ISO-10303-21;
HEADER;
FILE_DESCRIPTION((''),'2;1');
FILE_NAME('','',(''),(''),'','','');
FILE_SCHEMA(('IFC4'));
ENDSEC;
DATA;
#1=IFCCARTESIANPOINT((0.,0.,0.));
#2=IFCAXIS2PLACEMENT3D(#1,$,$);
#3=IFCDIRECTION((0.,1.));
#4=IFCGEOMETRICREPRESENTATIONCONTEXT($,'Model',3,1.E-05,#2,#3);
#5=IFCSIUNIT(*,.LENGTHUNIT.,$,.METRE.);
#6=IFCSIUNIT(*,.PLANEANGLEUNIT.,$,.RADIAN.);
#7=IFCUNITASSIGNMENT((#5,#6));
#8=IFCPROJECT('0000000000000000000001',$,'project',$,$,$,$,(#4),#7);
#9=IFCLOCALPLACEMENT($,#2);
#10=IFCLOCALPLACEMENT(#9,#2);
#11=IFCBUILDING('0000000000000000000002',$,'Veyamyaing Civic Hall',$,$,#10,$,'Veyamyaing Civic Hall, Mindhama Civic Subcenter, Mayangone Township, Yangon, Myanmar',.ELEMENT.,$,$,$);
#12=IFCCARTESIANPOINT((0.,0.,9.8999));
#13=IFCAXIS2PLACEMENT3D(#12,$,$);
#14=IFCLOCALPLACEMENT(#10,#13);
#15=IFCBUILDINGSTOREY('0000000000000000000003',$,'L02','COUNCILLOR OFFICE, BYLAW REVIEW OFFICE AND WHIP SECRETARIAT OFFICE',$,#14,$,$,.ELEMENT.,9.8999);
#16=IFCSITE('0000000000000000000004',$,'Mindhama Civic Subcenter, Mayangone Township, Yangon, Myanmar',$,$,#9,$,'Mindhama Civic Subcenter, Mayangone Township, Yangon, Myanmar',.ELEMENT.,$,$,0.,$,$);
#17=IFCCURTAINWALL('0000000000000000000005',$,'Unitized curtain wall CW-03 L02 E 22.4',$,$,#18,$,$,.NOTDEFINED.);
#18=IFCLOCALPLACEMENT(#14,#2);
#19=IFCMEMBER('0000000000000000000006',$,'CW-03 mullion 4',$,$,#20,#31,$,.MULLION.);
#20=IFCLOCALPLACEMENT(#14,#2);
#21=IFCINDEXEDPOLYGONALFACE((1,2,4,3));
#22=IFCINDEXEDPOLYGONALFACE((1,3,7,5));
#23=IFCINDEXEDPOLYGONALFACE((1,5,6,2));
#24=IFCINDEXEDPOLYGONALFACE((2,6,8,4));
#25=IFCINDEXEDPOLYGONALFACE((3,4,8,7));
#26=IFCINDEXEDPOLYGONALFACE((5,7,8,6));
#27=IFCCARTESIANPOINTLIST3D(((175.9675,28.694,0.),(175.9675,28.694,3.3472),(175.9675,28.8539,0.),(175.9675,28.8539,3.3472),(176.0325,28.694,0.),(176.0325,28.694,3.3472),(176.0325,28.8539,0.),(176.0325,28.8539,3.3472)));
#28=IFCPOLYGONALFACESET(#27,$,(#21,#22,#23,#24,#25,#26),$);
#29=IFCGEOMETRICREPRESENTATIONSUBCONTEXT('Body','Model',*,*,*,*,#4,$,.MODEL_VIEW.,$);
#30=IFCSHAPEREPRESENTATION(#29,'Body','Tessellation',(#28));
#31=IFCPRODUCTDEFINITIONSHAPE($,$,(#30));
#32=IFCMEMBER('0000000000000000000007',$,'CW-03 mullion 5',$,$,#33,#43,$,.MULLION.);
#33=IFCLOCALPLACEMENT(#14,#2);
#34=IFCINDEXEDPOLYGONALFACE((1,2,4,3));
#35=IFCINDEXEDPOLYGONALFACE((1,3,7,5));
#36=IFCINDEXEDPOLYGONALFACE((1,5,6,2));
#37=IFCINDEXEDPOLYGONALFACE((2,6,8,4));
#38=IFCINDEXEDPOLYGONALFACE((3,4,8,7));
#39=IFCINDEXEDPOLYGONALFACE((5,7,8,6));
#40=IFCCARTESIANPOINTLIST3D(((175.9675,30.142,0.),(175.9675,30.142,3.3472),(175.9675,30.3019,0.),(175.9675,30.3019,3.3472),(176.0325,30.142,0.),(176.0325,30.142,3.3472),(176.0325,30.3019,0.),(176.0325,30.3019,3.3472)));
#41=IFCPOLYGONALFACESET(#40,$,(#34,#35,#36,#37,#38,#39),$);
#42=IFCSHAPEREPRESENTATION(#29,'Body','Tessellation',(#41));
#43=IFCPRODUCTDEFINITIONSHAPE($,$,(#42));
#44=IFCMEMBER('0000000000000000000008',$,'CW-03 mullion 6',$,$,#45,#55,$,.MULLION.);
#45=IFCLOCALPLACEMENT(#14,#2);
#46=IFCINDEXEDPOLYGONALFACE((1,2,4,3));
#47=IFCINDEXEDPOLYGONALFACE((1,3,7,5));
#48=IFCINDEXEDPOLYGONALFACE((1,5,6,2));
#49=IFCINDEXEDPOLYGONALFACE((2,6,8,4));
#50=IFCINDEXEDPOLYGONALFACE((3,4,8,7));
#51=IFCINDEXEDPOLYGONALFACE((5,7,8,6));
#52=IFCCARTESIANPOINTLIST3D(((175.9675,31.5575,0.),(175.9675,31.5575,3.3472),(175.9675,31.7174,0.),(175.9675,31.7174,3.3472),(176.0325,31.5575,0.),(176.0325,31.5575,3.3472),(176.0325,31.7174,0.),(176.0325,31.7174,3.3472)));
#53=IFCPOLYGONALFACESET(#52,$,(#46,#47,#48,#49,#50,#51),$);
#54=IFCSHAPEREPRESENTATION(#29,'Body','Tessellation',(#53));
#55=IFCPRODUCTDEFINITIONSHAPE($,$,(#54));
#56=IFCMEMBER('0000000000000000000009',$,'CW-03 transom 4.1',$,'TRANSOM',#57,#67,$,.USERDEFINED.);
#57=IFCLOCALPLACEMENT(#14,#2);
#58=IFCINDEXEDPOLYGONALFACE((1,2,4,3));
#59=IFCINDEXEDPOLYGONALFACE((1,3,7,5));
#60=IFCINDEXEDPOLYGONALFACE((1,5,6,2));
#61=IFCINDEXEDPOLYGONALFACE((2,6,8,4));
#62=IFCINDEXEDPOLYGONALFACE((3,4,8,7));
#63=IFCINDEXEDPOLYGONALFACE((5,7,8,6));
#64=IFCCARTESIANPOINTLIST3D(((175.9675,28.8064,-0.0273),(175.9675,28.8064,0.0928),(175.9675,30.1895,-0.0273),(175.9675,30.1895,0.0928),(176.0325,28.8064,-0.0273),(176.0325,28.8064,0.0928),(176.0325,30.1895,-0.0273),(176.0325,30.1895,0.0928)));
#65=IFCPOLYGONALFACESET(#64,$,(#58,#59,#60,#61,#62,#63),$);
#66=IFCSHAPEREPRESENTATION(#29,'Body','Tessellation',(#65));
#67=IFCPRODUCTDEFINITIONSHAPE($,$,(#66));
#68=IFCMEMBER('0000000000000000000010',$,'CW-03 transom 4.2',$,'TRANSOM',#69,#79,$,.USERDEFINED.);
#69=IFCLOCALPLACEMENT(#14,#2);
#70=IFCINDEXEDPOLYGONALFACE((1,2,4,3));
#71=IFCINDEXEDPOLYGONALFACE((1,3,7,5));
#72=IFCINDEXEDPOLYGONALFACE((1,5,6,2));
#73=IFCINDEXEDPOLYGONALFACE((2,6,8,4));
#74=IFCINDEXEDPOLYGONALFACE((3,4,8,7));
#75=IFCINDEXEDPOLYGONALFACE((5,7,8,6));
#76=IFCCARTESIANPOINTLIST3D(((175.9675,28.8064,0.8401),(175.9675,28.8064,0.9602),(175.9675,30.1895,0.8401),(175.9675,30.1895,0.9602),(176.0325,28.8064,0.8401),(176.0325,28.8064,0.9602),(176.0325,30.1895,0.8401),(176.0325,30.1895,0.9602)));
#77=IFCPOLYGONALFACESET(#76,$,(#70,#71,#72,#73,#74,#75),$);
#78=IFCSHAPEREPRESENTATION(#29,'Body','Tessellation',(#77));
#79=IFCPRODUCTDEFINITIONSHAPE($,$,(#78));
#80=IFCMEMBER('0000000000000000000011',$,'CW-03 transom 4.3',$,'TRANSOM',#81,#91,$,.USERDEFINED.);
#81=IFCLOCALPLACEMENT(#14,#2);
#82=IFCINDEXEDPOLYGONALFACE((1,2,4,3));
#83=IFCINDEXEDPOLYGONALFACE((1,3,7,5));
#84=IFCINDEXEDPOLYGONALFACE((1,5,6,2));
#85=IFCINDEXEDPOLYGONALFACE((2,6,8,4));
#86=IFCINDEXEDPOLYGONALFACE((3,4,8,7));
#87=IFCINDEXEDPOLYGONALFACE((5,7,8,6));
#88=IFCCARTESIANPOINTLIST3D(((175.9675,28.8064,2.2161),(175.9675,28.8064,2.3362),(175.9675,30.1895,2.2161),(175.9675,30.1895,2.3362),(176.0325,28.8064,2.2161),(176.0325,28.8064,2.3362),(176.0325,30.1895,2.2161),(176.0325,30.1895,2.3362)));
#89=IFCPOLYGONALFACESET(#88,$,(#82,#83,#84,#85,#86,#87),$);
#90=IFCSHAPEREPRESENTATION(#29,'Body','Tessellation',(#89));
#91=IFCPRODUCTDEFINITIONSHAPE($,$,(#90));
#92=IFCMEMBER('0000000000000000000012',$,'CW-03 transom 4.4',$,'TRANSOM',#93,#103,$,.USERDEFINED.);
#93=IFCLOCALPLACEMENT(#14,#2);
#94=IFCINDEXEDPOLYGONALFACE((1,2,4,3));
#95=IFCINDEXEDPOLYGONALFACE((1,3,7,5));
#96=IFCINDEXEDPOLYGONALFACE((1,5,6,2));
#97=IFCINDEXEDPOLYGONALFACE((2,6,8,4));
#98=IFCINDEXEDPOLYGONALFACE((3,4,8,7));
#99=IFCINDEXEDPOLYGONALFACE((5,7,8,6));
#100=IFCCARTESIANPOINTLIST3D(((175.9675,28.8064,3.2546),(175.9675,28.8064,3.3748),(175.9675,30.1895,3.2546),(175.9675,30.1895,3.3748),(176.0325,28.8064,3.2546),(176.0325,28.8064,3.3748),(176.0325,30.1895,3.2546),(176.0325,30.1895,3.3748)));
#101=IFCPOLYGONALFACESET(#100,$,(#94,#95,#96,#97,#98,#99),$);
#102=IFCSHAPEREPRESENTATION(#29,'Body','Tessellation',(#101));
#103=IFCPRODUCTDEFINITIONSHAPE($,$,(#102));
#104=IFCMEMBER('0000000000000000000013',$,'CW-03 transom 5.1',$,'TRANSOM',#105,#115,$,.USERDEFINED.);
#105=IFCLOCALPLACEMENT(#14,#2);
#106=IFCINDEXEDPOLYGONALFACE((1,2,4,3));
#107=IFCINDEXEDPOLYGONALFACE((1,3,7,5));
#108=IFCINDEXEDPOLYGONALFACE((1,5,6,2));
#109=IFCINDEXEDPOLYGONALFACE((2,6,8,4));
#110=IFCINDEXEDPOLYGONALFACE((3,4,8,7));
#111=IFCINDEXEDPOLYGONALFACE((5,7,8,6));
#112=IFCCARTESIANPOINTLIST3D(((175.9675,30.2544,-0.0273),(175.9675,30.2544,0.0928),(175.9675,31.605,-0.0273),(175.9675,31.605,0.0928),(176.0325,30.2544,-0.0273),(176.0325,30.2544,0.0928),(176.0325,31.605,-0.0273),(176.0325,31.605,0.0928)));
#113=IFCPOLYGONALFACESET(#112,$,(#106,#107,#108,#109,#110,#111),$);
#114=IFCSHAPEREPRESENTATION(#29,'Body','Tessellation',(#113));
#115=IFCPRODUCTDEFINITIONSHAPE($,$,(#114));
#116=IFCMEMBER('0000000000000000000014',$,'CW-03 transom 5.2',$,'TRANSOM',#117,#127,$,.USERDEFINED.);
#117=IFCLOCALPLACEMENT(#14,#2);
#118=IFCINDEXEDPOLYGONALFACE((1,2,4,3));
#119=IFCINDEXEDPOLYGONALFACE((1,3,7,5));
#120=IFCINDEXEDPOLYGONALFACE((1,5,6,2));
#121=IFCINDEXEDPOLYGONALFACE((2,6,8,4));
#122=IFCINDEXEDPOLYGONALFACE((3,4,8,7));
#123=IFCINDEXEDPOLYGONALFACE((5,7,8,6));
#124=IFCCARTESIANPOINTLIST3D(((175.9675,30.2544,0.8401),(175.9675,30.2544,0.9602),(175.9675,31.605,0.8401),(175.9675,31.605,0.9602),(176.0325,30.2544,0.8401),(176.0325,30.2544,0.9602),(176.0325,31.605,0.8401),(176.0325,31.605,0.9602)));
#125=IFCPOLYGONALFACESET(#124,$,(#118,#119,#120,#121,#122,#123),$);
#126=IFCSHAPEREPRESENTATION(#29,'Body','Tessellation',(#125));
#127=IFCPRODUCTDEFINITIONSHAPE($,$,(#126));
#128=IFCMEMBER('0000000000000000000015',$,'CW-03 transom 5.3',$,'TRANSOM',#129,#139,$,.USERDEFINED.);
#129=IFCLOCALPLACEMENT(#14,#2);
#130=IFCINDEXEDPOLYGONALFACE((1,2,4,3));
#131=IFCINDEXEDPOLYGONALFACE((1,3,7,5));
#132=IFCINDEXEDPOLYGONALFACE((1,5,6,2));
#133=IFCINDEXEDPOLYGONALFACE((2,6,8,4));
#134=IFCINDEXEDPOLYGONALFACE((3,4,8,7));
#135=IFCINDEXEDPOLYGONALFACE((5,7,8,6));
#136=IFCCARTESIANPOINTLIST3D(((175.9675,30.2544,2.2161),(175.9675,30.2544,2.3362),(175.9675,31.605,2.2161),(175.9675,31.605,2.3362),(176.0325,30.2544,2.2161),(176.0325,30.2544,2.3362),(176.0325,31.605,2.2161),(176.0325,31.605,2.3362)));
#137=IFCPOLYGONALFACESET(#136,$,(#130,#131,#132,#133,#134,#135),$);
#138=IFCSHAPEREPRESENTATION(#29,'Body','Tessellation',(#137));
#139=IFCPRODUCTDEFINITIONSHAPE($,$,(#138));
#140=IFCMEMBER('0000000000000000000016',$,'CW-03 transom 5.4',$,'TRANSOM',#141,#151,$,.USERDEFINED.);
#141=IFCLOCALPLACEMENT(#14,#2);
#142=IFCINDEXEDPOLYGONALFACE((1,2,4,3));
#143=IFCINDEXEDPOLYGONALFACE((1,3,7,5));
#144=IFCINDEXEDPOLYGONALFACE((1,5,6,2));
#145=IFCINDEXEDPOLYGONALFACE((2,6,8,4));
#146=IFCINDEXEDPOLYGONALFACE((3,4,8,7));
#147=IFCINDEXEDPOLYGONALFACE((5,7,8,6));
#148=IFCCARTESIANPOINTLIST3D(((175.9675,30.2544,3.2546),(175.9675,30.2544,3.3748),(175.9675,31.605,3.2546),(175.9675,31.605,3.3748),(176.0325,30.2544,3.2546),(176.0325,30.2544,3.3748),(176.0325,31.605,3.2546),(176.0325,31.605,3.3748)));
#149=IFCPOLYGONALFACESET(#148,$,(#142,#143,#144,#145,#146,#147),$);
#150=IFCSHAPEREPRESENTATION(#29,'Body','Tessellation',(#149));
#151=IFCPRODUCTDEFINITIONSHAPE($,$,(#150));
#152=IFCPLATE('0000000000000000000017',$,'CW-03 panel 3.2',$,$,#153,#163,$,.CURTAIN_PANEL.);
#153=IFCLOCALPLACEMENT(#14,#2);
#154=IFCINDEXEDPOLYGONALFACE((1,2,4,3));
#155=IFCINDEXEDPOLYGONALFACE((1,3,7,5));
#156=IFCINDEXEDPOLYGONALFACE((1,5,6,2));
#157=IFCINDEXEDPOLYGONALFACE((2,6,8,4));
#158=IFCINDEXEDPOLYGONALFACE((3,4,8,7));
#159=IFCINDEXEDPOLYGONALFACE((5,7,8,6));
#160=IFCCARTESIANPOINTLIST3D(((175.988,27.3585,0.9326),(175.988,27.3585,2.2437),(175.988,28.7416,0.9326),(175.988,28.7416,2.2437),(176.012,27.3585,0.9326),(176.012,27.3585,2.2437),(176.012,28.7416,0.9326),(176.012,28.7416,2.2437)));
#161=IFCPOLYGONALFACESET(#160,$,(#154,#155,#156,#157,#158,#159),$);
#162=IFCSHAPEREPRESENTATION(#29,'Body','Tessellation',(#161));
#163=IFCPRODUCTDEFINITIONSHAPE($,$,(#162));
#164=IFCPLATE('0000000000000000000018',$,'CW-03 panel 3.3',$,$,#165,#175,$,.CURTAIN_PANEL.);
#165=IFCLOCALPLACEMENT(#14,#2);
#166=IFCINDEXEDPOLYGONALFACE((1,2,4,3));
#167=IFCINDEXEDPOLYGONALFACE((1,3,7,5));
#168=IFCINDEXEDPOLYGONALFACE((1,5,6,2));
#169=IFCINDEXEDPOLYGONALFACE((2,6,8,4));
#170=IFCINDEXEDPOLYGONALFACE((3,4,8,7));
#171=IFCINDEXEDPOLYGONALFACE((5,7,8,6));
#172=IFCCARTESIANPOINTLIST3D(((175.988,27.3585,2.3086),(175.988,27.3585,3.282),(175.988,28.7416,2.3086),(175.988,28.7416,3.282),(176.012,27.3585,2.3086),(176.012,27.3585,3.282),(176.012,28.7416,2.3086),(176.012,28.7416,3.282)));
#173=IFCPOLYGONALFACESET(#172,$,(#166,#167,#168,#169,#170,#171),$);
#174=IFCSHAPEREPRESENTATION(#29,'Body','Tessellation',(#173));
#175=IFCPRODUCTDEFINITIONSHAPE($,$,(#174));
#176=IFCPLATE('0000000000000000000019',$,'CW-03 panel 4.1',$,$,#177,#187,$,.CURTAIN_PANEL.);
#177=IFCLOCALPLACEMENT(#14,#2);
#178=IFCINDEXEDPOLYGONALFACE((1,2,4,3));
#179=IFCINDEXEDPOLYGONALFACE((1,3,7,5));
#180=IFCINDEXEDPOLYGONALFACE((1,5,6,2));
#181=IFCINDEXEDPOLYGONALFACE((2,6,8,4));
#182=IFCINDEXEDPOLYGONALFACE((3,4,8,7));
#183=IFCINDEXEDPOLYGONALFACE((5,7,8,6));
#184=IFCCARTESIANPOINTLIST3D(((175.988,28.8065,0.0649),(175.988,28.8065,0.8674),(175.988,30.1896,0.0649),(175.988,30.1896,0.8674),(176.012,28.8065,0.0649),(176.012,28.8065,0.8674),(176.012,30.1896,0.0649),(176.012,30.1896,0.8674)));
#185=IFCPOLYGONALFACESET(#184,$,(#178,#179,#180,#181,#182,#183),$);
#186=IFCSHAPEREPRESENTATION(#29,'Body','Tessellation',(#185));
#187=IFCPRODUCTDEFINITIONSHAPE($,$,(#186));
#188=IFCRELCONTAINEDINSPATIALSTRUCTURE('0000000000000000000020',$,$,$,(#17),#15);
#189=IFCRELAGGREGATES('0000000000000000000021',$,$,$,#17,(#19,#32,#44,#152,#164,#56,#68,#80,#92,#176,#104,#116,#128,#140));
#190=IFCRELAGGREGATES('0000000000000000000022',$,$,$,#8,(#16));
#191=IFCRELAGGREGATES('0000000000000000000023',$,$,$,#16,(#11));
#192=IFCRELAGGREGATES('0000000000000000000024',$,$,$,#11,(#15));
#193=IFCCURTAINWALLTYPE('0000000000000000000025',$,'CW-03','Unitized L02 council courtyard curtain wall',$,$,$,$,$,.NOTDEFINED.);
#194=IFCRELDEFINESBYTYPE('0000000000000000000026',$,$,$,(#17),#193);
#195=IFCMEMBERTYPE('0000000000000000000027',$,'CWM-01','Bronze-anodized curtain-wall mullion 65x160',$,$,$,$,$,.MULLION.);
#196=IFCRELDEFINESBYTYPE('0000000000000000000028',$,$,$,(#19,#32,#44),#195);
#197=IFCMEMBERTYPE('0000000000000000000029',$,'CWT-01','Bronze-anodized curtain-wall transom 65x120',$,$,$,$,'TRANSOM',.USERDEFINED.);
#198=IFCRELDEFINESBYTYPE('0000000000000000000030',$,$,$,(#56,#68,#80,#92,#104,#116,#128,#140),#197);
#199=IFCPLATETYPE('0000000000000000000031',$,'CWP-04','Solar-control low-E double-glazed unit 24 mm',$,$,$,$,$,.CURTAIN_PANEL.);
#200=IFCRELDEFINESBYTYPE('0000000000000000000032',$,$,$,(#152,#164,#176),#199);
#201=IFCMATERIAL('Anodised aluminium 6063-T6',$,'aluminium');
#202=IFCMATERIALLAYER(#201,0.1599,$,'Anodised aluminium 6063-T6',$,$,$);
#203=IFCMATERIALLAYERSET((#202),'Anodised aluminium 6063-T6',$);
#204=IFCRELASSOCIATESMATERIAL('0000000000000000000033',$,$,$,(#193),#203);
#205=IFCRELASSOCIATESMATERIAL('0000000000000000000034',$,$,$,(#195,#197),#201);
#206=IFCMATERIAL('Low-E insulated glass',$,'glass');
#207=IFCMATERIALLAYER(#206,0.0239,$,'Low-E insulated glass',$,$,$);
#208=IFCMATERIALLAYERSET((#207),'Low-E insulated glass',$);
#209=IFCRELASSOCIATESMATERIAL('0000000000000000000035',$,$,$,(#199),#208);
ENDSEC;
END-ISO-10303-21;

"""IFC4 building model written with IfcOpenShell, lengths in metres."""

from ifc_helpers import new_model, si_unit, direction, frame, origin, origin_2d, place, context, subcontext, project, spatial, rectangle, extrude, material, layer, layer_set, material_profile, profile_set, type_object, element, aggregate, save


model = new_model("IFC4")

# Units and contexts
model_context = context("Model", 3, precision=1e-05, world=origin(), true_north=direction((0.0, 1.0)))
body_context = subcontext(model_context, "Body", "Model", "MODEL_VIEW")
ifc_project = project(units=[si_unit("LENGTHUNIT", "METRE"), si_unit("PLANEANGLEUNIT", "RADIAN")], contexts=[model_context])

# Site, building, storey
site_placement = place(None, origin())
site = spatial("IfcSite", under=ifc_project, at=site_placement, Name="Mindhama Civic Subcenter, Mayangone Township, Yangon, Myanmar", LongName="Mindhama Civic Subcenter, Mayangone Township, Yangon, Myanmar", CompositionType="ELEMENT", RefElevation=0.0)
building_placement = place(site_placement, origin())
building = spatial("IfcBuilding", under=site, at=building_placement, Name="Veyamyaing Civic Hall", LongName="Veyamyaing Civic Hall, Mindhama Civic Subcenter, Mayangone Township, Yangon, Myanmar", CompositionType="ELEMENT")
storey_placement = place(building_placement, frame((0.0, 0.0, 9.8999)))
storey = spatial("IfcBuildingStorey", under=building, at=storey_placement, Name="L02", Description="COUNCILLOR OFFICE, BYLAW REVIEW OFFICE AND WHIP SECRETARIAT OFFICE", CompositionType="ELEMENT", Elevation=9.8999)

# Curtain wall, members, plates
ifc_material_1 = material(Name="Anodised aluminium 6063-T6", Category="aluminium")
ifc_layer_1 = layer(ifc_material_1, 0.1599, Name="Anodised aluminium 6063-T6")
ifc_layer_set_1 = layer_set([ifc_layer_1], Name="Anodised aluminium 6063-T6")
curtain_wall_type = type_object("IfcCurtainWallType", Name="CW-03", Description="Unitized L02 council courtyard curtain wall", PredefinedType="NOTDEFINED", material=ifc_layer_set_1)
curtain_wall_placement = place(storey_placement, origin())
curtain_wall = element("IfcCurtainWall", 1, at=curtain_wall_placement, inside=storey, type_object=curtain_wall_type, Name="Unitized curtain wall CW-03 L02 E 22.4", PredefinedType="NOTDEFINED")
ifc_material_profile_1 = material_profile(ifc_material_1, rectangle(XDim=0.0649, YDim=0.1599, at=origin_2d()), Name="ALU-MUL-65X160")
ifc_profile_set_1 = profile_set([ifc_material_profile_1], Name="Anodised aluminium 6063-T6")
member_type_1 = type_object("IfcMemberType", Name="CWM-01", Description="Bronze-anodized curtain-wall mullion 65x160", PredefinedType="MULLION", material=ifc_profile_set_1)
member_1_placement = place(storey_placement, frame((176.0, 28.7739, 0.0), z_axis=(0.0, 0.0, 1.0), x_axis=(-1.0, 0.0, 0.0)))
member_1 = element("IfcMember", 2, at=member_1_placement, type_object=member_type_1, Name="CW-03 mullion 4", PredefinedType="MULLION", context=body_context, shape_type="SweptSolid", body=[
    extrude(rectangle(XDim=0.0649, YDim=0.1599, at=origin_2d()), origin(), (0.0, 0.0, 1.0), 3.3472),
])
member_2_placement = place(storey_placement, frame((176.0, 30.2219, 0.0), z_axis=(0.0, 0.0, 1.0), x_axis=(-1.0, 0.0, 0.0)))
member_2 = element("IfcMember", 3, at=member_2_placement, type_object=member_type_1, Name="CW-03 mullion 5", PredefinedType="MULLION", context=body_context, shape_type="SweptSolid", body=[
    extrude(rectangle(XDim=0.0649, YDim=0.1599, at=origin_2d()), origin(), (0.0, 0.0, 1.0), 3.3472),
])
member_3_placement = place(storey_placement, frame((176.0, 31.6375, 0.0), z_axis=(0.0, 0.0, 1.0), x_axis=(-1.0, 0.0, 0.0)))
member_3 = element("IfcMember", 4, at=member_3_placement, type_object=member_type_1, Name="CW-03 mullion 6", PredefinedType="MULLION", context=body_context, shape_type="SweptSolid", body=[
    extrude(rectangle(XDim=0.0649, YDim=0.1599, at=origin_2d()), origin(), (0.0, 0.0, 1.0), 3.3472),
])
ifc_material_profile_2 = material_profile(ifc_material_1, rectangle(XDim=0.0649, YDim=0.1201, at=origin_2d()), Name="ALU-TRN-65X120")
ifc_profile_set_2 = profile_set([ifc_material_profile_2], Name="Anodised aluminium 6063-T6")
member_type_2 = type_object("IfcMemberType", Name="CWT-01", Description="Bronze-anodized curtain-wall transom 65x120", ElementType="TRANSOM", PredefinedType="USERDEFINED", material=ifc_profile_set_2)
member_4_placement = place(storey_placement, frame((176.0, 28.8064, 0.0327), z_axis=(0.0, 1.0, 0.0), x_axis=(-1.0, 0.0, 0.0)))
member_4 = element("IfcMember", 5, at=member_4_placement, type_object=member_type_2, Name="CW-03 transom 4.1", ObjectType="TRANSOM", PredefinedType="USERDEFINED", context=body_context, shape_type="SweptSolid", body=[
    extrude(rectangle(XDim=0.0649, YDim=0.1201, at=origin_2d()), origin(), (0.0, 0.0, 1.0), 1.3831),
])
member_5_placement = place(storey_placement, frame((176.0, 28.8064, 0.9001), z_axis=(0.0, 1.0, 0.0), x_axis=(-1.0, 0.0, 0.0)))
member_5 = element("IfcMember", 6, at=member_5_placement, type_object=member_type_2, Name="CW-03 transom 4.2", ObjectType="TRANSOM", PredefinedType="USERDEFINED", context=body_context, shape_type="SweptSolid", body=[
    extrude(rectangle(XDim=0.0649, YDim=0.1201, at=origin_2d()), origin(), (0.0, 0.0, 1.0), 1.3831),
])
member_6_placement = place(storey_placement, frame((176.0, 28.8064, 2.2761), z_axis=(0.0, 1.0, 0.0), x_axis=(-1.0, 0.0, 0.0)))
member_6 = element("IfcMember", 7, at=member_6_placement, type_object=member_type_2, Name="CW-03 transom 4.3", ObjectType="TRANSOM", PredefinedType="USERDEFINED", context=body_context, shape_type="SweptSolid", body=[
    extrude(rectangle(XDim=0.0649, YDim=0.1201, at=origin_2d()), origin(), (0.0, 0.0, 1.0), 1.3831),
])
member_7_placement = place(storey_placement, frame((176.0, 28.8064, 3.3147), z_axis=(0.0, 1.0, 0.0), x_axis=(-1.0, 0.0, 0.0)))
member_7 = element("IfcMember", 8, at=member_7_placement, type_object=member_type_2, Name="CW-03 transom 4.4", ObjectType="TRANSOM", PredefinedType="USERDEFINED", context=body_context, shape_type="SweptSolid", body=[
    extrude(rectangle(XDim=0.0649, YDim=0.1201, at=origin_2d()), origin(), (0.0, 0.0, 1.0), 1.3831),
])
member_8_placement = place(storey_placement, frame((176.0, 30.2544, 0.0327), z_axis=(0.0, 1.0, 0.0), x_axis=(-1.0, 0.0, 0.0)))
member_8 = element("IfcMember", 9, at=member_8_placement, type_object=member_type_2, Name="CW-03 transom 5.1", ObjectType="TRANSOM", PredefinedType="USERDEFINED", context=body_context, shape_type="SweptSolid", body=[
    extrude(rectangle(XDim=0.0649, YDim=0.1201, at=origin_2d()), origin(), (0.0, 0.0, 1.0), 1.3506),
])
member_9_placement = place(storey_placement, frame((176.0, 30.2544, 0.9001), z_axis=(0.0, 1.0, 0.0), x_axis=(-1.0, 0.0, 0.0)))
member_9 = element("IfcMember", 10, at=member_9_placement, type_object=member_type_2, Name="CW-03 transom 5.2", ObjectType="TRANSOM", PredefinedType="USERDEFINED", context=body_context, shape_type="SweptSolid", body=[
    extrude(rectangle(XDim=0.0649, YDim=0.1201, at=origin_2d()), origin(), (0.0, 0.0, 1.0), 1.3506),
])
member_10_placement = place(storey_placement, frame((176.0, 30.2544, 2.2761), z_axis=(0.0, 1.0, 0.0), x_axis=(-1.0, 0.0, 0.0)))
member_10 = element("IfcMember", 11, at=member_10_placement, type_object=member_type_2, Name="CW-03 transom 5.3", ObjectType="TRANSOM", PredefinedType="USERDEFINED", context=body_context, shape_type="SweptSolid", body=[
    extrude(rectangle(XDim=0.0649, YDim=0.1201, at=origin_2d()), origin(), (0.0, 0.0, 1.0), 1.3506),
])
member_11_placement = place(storey_placement, frame((176.0, 30.2544, 3.3147), z_axis=(0.0, 1.0, 0.0), x_axis=(-1.0, 0.0, 0.0)))
member_11 = element("IfcMember", 12, at=member_11_placement, type_object=member_type_2, Name="CW-03 transom 5.4", ObjectType="TRANSOM", PredefinedType="USERDEFINED", context=body_context, shape_type="SweptSolid", body=[
    extrude(rectangle(XDim=0.0649, YDim=0.1201, at=origin_2d()), origin(), (0.0, 0.0, 1.0), 1.3506),
])
ifc_material_2 = material(Name="Low-E insulated glass", Category="glass")
ifc_layer_2 = layer(ifc_material_2, 0.0239, Name="Low-E insulated glass")
ifc_layer_set_2 = layer_set([ifc_layer_2], Name="Low-E insulated glass")
plate_type = type_object("IfcPlateType", Name="CWP-04", Description="Solar-control low-E double-glazed unit 24 mm", PredefinedType="CURTAIN_PANEL", material=ifc_layer_set_2)
plate_1_placement = place(storey_placement, frame((176.0, 28.05, 0.9326), z_axis=(0.0, 0.0, 1.0), x_axis=(0.0, 1.0, 0.0)))
plate_1 = element("IfcPlate", 13, at=plate_1_placement, type_object=plate_type, Name="CW-03 panel 3.2", PredefinedType="CURTAIN_PANEL", context=body_context, shape_type="SweptSolid", body=[
    extrude(rectangle(XDim=1.3831, YDim=0.0239, at=origin_2d()), origin(), (0.0, 0.0, 1.0), 1.311),
])
plate_2_placement = place(storey_placement, frame((176.0, 28.05, 2.3086), z_axis=(0.0, 0.0, 1.0), x_axis=(0.0, 1.0, 0.0)))
plate_2 = element("IfcPlate", 14, at=plate_2_placement, type_object=plate_type, Name="CW-03 panel 3.3", PredefinedType="CURTAIN_PANEL", context=body_context, shape_type="SweptSolid", body=[
    extrude(rectangle(XDim=1.3831, YDim=0.0239, at=origin_2d()), origin(), (0.0, 0.0, 1.0), 0.9734),
])
plate_3_placement = place(storey_placement, frame((176.0, 29.498, 0.0649), z_axis=(0.0, 0.0, 1.0), x_axis=(0.0, 1.0, 0.0)))
plate_3 = element("IfcPlate", 15, at=plate_3_placement, type_object=plate_type, Name="CW-03 panel 4.1", PredefinedType="CURTAIN_PANEL", context=body_context, shape_type="SweptSolid", body=[
    extrude(rectangle(XDim=1.3831, YDim=0.0239, at=origin_2d()), origin(), (0.0, 0.0, 1.0), 0.8025),
])
aggregate(curtain_wall, [member_1, member_2, member_3, plate_1, plate_2, member_4, member_5, member_6, member_7, plate_3, member_8, member_9, member_10, member_11])

save(model, "model.ifc")
